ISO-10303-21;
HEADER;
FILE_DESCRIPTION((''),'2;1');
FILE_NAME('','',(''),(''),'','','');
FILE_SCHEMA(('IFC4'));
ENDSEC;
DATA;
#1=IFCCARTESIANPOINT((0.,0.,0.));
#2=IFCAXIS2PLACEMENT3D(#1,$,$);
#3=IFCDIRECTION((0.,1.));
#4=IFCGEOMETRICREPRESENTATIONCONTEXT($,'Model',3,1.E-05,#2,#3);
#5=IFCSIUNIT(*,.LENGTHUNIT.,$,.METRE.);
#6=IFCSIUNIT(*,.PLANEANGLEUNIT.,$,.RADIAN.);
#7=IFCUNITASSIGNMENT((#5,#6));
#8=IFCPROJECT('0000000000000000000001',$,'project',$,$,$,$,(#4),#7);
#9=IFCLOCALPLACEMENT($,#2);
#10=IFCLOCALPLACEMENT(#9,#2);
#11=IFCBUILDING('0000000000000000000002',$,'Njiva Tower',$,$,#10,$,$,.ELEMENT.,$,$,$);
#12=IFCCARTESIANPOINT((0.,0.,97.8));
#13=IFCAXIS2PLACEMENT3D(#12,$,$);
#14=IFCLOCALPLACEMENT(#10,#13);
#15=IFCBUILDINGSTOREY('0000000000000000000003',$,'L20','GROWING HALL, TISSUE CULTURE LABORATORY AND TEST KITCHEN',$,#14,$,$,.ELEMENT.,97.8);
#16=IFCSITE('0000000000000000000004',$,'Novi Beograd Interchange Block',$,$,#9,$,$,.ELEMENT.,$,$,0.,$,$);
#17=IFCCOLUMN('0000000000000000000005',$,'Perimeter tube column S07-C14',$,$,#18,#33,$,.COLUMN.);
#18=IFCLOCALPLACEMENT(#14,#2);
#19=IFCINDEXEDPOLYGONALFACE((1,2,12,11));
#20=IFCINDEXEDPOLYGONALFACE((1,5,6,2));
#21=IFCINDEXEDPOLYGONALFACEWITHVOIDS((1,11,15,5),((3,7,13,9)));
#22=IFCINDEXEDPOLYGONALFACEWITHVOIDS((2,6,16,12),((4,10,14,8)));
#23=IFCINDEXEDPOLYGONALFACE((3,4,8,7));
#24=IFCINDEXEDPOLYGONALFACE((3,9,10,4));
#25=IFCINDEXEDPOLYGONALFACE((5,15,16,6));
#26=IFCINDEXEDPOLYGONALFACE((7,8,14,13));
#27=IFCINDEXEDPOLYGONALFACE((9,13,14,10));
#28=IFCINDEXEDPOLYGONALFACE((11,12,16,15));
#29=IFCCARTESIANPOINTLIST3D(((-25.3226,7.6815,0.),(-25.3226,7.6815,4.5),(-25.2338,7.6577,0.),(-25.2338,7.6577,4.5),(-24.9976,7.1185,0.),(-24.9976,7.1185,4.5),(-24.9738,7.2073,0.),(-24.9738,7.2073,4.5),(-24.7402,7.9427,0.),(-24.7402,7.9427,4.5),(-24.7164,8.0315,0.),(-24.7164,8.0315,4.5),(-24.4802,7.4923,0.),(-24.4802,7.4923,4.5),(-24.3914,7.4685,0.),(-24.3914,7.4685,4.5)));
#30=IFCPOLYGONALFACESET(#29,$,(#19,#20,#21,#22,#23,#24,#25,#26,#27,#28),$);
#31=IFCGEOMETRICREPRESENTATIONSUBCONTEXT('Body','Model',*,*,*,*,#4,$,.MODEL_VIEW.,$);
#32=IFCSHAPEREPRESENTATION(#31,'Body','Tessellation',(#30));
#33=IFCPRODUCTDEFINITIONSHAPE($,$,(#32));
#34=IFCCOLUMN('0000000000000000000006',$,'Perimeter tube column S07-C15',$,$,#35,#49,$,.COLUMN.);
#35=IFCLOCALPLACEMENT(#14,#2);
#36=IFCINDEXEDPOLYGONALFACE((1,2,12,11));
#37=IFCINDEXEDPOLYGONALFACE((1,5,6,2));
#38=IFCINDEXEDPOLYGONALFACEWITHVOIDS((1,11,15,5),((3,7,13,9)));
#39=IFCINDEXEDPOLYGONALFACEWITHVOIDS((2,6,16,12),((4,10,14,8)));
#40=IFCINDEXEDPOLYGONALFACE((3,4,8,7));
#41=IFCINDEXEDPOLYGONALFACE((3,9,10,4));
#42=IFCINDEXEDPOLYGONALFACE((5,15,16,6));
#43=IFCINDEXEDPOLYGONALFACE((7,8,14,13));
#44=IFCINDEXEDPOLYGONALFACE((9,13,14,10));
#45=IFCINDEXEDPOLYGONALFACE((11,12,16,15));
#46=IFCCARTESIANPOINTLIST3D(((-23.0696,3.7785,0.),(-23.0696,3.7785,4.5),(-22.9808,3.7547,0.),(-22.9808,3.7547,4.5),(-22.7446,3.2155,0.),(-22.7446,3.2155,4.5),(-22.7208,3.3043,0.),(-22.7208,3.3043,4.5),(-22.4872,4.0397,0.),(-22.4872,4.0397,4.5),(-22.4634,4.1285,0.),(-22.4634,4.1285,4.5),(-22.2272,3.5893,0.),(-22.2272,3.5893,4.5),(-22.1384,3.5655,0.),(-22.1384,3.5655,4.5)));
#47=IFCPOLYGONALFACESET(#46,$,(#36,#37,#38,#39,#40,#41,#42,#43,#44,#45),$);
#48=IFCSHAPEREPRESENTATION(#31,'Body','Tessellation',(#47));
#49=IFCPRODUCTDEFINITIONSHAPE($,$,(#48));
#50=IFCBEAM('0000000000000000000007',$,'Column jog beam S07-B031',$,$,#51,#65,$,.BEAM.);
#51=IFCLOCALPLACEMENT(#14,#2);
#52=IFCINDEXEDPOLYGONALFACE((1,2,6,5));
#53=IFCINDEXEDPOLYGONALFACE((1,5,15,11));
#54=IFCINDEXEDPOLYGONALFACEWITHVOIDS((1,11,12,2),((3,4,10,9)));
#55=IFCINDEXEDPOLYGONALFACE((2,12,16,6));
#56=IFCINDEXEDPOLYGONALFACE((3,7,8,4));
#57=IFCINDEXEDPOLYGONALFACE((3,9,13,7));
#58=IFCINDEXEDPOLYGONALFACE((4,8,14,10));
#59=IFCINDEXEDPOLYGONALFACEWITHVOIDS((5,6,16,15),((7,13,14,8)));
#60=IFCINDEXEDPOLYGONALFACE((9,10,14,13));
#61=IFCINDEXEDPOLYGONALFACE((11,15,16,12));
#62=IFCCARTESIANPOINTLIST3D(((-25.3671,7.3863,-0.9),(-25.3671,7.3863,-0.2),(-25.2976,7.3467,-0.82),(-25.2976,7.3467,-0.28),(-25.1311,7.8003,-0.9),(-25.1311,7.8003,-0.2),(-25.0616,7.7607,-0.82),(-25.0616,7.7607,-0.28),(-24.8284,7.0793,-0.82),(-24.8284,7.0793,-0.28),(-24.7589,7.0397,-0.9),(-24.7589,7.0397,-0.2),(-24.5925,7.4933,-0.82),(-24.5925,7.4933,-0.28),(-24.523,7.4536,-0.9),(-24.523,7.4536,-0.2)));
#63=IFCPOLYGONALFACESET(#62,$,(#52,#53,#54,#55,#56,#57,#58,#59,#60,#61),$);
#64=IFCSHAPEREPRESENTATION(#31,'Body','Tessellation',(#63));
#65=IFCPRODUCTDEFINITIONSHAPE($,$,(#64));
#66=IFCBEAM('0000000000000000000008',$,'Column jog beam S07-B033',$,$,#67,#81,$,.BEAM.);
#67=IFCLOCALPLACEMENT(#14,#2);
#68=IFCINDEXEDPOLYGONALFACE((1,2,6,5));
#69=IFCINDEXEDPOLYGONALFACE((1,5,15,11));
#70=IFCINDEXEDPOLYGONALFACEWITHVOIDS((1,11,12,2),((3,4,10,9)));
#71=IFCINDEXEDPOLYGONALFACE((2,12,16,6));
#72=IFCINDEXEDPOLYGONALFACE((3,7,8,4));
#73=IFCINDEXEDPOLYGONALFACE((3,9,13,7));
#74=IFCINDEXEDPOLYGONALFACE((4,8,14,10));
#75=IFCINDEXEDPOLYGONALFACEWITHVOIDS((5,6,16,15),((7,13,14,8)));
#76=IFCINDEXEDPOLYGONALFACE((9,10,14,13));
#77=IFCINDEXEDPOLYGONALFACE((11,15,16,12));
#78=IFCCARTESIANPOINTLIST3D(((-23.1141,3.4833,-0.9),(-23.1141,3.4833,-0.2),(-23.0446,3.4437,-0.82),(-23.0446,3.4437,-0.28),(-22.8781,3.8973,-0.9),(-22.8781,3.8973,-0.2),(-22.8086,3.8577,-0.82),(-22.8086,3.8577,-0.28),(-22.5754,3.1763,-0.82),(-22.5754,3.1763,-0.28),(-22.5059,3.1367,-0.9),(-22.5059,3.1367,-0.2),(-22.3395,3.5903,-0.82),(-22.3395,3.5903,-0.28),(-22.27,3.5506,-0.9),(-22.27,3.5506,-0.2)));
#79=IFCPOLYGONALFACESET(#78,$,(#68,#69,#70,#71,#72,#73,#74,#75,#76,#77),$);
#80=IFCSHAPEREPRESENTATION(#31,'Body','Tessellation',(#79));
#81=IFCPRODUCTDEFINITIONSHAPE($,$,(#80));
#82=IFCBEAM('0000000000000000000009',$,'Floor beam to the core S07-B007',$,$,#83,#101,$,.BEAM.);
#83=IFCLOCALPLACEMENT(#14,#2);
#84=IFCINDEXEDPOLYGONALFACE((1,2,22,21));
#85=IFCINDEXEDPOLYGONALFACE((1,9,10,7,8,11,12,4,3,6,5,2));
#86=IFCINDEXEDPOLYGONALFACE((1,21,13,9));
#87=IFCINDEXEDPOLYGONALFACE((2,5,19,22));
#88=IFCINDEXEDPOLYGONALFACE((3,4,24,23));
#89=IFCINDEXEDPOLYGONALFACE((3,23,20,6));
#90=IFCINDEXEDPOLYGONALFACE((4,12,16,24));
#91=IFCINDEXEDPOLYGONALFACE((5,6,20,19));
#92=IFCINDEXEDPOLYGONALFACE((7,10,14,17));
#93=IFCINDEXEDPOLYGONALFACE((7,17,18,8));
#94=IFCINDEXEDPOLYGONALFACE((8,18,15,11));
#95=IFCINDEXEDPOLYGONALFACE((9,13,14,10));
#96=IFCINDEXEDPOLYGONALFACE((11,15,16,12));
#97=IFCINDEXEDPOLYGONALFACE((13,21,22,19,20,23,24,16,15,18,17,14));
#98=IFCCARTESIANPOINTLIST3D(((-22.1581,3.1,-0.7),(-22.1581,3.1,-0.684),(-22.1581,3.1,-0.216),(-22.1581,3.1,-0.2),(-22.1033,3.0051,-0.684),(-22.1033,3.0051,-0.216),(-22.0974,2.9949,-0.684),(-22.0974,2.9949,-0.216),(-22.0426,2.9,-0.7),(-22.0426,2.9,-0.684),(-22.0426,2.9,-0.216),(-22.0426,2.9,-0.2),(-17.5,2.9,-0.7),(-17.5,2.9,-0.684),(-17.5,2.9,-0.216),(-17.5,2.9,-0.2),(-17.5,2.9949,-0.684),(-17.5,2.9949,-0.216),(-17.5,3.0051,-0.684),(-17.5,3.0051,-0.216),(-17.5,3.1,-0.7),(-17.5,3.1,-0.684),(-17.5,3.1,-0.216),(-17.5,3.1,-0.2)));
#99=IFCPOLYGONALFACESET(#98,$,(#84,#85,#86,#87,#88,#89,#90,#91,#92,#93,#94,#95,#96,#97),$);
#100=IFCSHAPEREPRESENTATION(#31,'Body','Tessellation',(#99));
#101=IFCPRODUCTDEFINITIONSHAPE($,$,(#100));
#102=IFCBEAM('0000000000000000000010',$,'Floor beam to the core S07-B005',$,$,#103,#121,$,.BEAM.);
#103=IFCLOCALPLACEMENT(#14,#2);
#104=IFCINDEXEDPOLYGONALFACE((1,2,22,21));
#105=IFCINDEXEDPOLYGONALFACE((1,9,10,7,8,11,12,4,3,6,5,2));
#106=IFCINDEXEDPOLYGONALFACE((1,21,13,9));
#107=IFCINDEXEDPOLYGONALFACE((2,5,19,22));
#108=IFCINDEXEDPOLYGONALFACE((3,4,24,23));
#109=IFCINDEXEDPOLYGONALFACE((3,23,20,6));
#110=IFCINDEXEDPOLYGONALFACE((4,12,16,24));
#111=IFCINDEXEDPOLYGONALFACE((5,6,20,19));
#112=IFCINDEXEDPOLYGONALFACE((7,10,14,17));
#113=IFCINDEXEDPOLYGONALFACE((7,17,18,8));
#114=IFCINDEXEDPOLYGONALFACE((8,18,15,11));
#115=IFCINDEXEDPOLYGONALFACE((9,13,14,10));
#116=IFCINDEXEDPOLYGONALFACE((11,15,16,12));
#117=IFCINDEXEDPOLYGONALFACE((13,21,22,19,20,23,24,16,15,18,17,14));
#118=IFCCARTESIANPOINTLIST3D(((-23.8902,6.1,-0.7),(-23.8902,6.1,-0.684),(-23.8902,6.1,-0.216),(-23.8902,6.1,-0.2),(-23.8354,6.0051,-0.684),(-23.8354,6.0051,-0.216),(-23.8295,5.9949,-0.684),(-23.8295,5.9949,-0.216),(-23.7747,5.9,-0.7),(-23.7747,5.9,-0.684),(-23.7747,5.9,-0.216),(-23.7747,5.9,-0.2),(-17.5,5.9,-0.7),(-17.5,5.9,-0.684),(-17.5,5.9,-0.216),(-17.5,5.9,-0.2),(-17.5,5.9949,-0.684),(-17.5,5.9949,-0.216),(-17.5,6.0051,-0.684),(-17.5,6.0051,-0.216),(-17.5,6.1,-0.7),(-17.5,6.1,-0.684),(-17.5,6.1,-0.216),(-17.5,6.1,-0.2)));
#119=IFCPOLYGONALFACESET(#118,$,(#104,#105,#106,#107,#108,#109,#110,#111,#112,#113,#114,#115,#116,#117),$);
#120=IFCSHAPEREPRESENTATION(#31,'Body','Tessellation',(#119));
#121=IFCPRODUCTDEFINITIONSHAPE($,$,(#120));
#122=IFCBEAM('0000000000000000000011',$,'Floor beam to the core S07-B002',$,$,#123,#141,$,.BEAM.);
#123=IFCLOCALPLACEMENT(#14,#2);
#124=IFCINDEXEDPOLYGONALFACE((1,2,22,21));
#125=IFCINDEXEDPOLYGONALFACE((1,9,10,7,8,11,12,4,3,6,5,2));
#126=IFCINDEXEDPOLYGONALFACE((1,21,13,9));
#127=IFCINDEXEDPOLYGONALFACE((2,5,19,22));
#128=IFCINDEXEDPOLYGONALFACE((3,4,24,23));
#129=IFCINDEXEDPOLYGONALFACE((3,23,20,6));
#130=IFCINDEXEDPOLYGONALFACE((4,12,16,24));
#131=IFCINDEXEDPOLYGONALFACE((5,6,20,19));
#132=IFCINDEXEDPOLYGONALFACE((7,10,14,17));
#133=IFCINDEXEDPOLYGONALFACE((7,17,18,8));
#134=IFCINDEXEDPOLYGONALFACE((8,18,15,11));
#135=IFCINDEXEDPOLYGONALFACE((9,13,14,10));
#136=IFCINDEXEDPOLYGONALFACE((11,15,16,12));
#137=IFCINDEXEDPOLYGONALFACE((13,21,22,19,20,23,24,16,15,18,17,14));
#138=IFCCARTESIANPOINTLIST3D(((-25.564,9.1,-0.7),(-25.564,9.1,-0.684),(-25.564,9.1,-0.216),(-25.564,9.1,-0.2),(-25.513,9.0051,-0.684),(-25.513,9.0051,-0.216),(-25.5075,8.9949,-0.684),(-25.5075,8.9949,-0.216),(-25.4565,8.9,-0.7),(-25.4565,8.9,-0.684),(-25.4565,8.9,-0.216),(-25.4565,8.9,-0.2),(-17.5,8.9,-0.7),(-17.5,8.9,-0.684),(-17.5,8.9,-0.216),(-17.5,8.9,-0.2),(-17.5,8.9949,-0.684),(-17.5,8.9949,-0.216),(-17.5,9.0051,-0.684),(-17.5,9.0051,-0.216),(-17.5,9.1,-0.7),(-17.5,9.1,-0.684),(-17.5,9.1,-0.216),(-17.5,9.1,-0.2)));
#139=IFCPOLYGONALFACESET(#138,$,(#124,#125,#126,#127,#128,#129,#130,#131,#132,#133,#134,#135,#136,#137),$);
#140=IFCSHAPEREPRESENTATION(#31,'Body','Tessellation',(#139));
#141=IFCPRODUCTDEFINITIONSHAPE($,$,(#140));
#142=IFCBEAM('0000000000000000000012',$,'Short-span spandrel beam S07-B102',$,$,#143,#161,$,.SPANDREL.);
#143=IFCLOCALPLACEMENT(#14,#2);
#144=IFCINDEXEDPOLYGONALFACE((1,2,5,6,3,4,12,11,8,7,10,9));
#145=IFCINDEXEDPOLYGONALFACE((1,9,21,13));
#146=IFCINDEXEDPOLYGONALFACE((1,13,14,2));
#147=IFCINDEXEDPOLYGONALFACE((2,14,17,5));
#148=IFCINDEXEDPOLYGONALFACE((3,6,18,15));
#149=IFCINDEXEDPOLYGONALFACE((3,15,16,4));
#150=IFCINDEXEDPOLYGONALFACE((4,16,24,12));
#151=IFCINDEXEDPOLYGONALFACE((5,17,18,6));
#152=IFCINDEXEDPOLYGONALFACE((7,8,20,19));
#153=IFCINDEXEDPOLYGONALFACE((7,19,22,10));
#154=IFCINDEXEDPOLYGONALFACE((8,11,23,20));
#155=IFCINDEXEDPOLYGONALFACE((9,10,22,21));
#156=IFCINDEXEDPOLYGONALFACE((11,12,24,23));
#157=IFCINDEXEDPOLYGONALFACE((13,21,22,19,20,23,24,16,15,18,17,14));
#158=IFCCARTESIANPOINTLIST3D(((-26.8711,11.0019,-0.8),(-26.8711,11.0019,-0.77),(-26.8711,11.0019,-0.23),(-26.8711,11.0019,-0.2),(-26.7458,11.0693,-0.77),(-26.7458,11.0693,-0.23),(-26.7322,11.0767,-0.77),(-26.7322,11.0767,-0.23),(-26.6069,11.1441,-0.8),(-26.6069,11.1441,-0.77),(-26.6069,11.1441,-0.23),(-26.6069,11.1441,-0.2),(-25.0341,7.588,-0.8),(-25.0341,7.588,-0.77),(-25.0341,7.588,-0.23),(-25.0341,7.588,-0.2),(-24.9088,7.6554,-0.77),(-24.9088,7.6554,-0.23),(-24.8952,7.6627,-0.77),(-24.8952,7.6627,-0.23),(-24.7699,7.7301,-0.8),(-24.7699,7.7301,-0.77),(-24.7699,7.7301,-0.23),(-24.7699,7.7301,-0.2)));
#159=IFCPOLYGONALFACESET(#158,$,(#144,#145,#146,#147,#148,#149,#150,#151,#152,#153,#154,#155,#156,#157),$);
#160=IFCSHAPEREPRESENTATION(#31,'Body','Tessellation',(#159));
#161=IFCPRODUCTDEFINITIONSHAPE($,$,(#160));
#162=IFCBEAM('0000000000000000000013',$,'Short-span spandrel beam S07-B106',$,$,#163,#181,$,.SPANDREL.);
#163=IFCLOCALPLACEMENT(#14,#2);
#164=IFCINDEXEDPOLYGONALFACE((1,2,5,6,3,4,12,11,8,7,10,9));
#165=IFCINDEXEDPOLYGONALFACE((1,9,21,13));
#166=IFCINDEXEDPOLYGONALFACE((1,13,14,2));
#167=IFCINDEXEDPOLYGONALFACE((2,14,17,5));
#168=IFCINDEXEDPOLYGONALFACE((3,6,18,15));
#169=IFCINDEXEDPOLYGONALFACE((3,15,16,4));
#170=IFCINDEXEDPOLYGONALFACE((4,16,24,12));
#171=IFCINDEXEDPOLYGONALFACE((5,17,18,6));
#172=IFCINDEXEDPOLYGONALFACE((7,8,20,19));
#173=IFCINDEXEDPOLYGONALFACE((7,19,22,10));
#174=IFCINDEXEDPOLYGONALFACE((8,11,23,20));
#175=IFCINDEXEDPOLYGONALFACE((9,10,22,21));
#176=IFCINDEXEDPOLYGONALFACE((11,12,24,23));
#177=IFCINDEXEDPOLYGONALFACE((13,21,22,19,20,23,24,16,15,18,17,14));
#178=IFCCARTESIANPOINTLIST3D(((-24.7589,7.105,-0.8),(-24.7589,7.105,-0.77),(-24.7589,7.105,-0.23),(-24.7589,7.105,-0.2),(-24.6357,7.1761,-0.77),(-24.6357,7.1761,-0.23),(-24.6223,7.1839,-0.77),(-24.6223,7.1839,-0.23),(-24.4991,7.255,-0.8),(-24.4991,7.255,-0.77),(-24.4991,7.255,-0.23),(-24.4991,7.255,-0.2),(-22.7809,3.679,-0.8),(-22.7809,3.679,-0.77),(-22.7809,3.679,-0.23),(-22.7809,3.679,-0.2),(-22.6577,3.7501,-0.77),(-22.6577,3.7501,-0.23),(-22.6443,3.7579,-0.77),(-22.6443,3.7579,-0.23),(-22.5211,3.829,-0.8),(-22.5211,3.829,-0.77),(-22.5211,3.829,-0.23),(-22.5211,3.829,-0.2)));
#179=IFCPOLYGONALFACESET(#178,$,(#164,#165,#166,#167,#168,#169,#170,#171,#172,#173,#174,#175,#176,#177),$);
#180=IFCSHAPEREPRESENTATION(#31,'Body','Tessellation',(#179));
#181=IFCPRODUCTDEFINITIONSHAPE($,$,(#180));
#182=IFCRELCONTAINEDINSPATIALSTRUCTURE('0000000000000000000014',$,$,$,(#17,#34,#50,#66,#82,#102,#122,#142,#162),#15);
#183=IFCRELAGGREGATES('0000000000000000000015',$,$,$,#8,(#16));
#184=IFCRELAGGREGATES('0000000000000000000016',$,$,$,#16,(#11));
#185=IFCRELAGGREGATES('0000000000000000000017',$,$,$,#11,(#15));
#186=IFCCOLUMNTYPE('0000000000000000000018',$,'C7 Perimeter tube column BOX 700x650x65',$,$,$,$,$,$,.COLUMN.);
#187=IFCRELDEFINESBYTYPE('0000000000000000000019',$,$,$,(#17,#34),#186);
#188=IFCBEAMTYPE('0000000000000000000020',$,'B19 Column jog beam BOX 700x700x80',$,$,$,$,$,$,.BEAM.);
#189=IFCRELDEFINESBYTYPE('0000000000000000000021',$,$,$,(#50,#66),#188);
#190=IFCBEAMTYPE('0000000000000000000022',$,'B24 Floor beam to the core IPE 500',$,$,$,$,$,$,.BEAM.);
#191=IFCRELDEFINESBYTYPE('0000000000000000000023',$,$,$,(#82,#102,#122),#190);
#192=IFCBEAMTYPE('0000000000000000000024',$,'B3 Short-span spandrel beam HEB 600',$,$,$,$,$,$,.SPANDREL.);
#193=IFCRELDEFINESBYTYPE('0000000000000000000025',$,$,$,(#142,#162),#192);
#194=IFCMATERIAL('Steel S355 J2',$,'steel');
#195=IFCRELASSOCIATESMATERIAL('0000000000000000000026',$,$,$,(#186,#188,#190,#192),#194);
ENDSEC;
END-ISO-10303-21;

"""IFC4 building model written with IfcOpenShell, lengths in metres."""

from ifc_helpers import new_model, si_unit, direction, frame, origin, origin_2d, place, context, subcontext, project, spatial, hollow_rectangle, i_section, extrude, clip, halfspace, material, material_profile, profile_set, type_object, element, save


model = new_model("IFC4")

# Units and contexts
model_context = context("Model", 3, precision=1e-05, world=origin(), true_north=direction((0.0, 1.0)))
body_context = subcontext(model_context, "Body", "Model", "MODEL_VIEW")
ifc_project = project(units=[si_unit("LENGTHUNIT", "METRE"), si_unit("PLANEANGLEUNIT", "RADIAN")], contexts=[model_context])

# Site, building, storey
site_placement = place(None, origin())
site = spatial("IfcSite", under=ifc_project, at=site_placement, Name="Novi Beograd Interchange Block", CompositionType="ELEMENT", RefElevation=0.0)
building_placement = place(site_placement, origin())
building = spatial("IfcBuilding", under=site, at=building_placement, Name="Njiva Tower", CompositionType="ELEMENT")
storey_placement = place(building_placement, frame((0.0, 0.0, 97.8)))
storey = spatial("IfcBuildingStorey", under=building, at=storey_placement, Name="L20", Description="GROWING HALL, TISSUE CULTURE LABORATORY AND TEST KITCHEN", CompositionType="ELEMENT", Elevation=97.8)

# Columns
ifc_material_1 = material(Name="Steel S355 J2", Category="steel")
ifc_material_profile_1 = material_profile(ifc_material_1, hollow_rectangle(XDim=0.65, YDim=0.7, WallThickness=0.065, at=origin_2d()), Name="BOX 700x650x65")
ifc_profile_set_1 = profile_set([ifc_material_profile_1], Name="Steel S355 J2")
column_type = type_object("IfcColumnType", Name="C7 Perimeter tube column BOX 700x650x65", PredefinedType="COLUMN", material=ifc_profile_set_1)
for number, where, z_axis, x_axis, name in (
    (1, (-24.857, 7.575, 0.0), (0.0, 0.0, 1.0), (0.5, -0.866025, 0.0), "Perimeter tube column S07-C14"),
    (2, (-22.604, 3.672, 0.0), (0.0, 0.0, 1.0), (0.5, -0.866025, 0.0), "Perimeter tube column S07-C15"),
):
    element("IfcColumn", number, at=place(storey_placement, frame(where, z_axis=z_axis, x_axis=x_axis)), inside=storey, type_object=column_type, Name=name, PredefinedType="COLUMN", context=body_context, shape_type="SweptSolid", body=[
        extrude(hollow_rectangle(XDim=0.65, YDim=0.7, WallThickness=0.065, at=origin_2d()), origin(), (0.0, 0.0, 1.0), 4.5),
    ])

# Beams
ifc_material_profile_2 = material_profile(ifc_material_1, hollow_rectangle(XDim=0.7, YDim=0.7, WallThickness=0.08, at=origin_2d()), Name="BOX 700x700x80")
ifc_profile_set_2 = profile_set([ifc_material_profile_2], Name="Steel S355 J2")
beam_type_1 = type_object("IfcBeamType", Name="B19 Column jog beam BOX 700x700x80", PredefinedType="BEAM", material=ifc_profile_set_2)
for number, where, z_axis, x_axis, name in (
    (3, (-25.063, 7.213, -0.55), (0.495235, 0.868759, 0.0), (-0.868759, 0.495235, 0.0), "Column jog beam S07-B031"),
    (4, (-22.81, 3.31, -0.55), (0.495235, 0.868759, 0.0), (-0.868759, 0.495235, 0.0), "Column jog beam S07-B033"),
):
    element("IfcBeam", number, at=place(storey_placement, frame(where, z_axis=z_axis, x_axis=x_axis)), inside=storey, type_object=beam_type_1, Name=name, PredefinedType="BEAM", context=body_context, shape_type="SweptSolid", body=[
        extrude(hollow_rectangle(XDim=0.7, YDim=0.7, WallThickness=0.08, at=origin_2d()), origin(), (0.0, 0.0, 1.0), 0.4765),
    ])
ifc_material_profile_3 = material_profile(ifc_material_1, i_section(OverallWidth=0.2, OverallDepth=0.5, WebThickness=0.0102, FlangeThickness=0.016, at=origin_2d()), Name="IPE 500")
ifc_profile_set_3 = profile_set([ifc_material_profile_3], Name="Steel S355 J2")
beam_type_2 = type_object("IfcBeamType", Name="B24 Floor beam to the core IPE 500", PredefinedType="BEAM", material=ifc_profile_set_3)
beam_1_placement = place(storey_placement, frame((-22.178, 3.0, -0.45), z_axis=(1.0, 0.0, 0.0), x_axis=(0.0, 1.0, 0.0)))
element("IfcBeam", 5, at=beam_1_placement, inside=storey, type_object=beam_type_2, Name="Floor beam to the core S07-B007", PredefinedType="BEAM", context=body_context, shape_type="Clipping", body=[
    clip(extrude(i_section(OverallWidth=0.2, OverallDepth=0.5, WebThickness=0.0102, FlangeThickness=0.016, at=origin_2d()), origin(), (0.0, 0.0, 1.0), 4.678), halfspace(frame((-0.025, 0.0, 0.0921), z_axis=(-0.499998, 0.0, -0.866027), x_axis=(0.0, -1.0, 0.0)), False)),
])
beam_2_placement = place(storey_placement, frame((-23.91, 6.0, -0.45), z_axis=(1.0, 0.0, 0.0), x_axis=(0.0, 1.0, 0.0)))
element("IfcBeam", 6, at=beam_2_placement, inside=storey, type_object=beam_type_2, Name="Floor beam to the core S07-B005", PredefinedType="BEAM", context=body_context, shape_type="Clipping", body=[
    clip(extrude(i_section(OverallWidth=0.2, OverallDepth=0.5, WebThickness=0.0102, FlangeThickness=0.016, at=origin_2d()), origin(), (0.0, 0.0, 1.0), 6.41), halfspace(frame((-0.025, 0.0, 0.092), z_axis=(-0.499998, 0.0, -0.866027), x_axis=(0.0, -1.0, 0.0)), False)),
])
beam_3_placement = place(storey_placement, frame((-25.584, 9.0, -0.45), z_axis=(1.0, 0.0, 0.0), x_axis=(0.0, 1.0, 0.0)))
element("IfcBeam", 7, at=beam_3_placement, inside=storey, type_object=beam_type_2, Name="Floor beam to the core S07-B002", PredefinedType="BEAM", context=body_context, shape_type="Clipping", body=[
    clip(extrude(i_section(OverallWidth=0.2, OverallDepth=0.5, WebThickness=0.0102, FlangeThickness=0.016, at=origin_2d()), origin(), (0.0, 0.0, 1.0), 8.084), halfspace(frame((-0.0237, 0.0, 0.0865), z_axis=(-0.473769, 0.0, -0.880649), x_axis=(0.0, -1.0, 0.0)), False)),
])
ifc_material_profile_4 = material_profile(ifc_material_1, i_section(OverallWidth=0.3, OverallDepth=0.6, WebThickness=0.0155, FlangeThickness=0.03, at=origin_2d()), Name="HEB 600")
ifc_profile_set_4 = profile_set([ifc_material_profile_4], Name="Steel S355 J2")
beam_type_3 = type_object("IfcBeamType", Name="B3 Short-span spandrel beam HEB 600", PredefinedType="SPANDREL", material=ifc_profile_set_4)
beam_4_placement = place(storey_placement, frame((-26.739, 11.073, -0.5), z_axis=(0.473838, -0.880612, 0.0), x_axis=(0.880612, 0.473838, 0.0)))
element("IfcBeam", 8, at=beam_4_placement, inside=storey, type_object=beam_type_3, Name="Short-span spandrel beam S07-B102", PredefinedType="SPANDREL", context=body_context, shape_type="SweptSolid", body=[
    extrude(i_section(OverallWidth=0.3, OverallDepth=0.6, WebThickness=0.0155, FlangeThickness=0.03, at=origin_2d()), origin(), (0.0, 0.0, 1.0), 3.8768),
])
beam_5_placement = place(storey_placement, frame((-24.629, 7.18, -0.5), z_axis=(0.5, -0.866026, 0.0), x_axis=(0.866026, 0.5, 0.0)))
element("IfcBeam", 9, at=beam_5_placement, inside=storey, type_object=beam_type_3, Name="Short-span spandrel beam S07-B106", PredefinedType="SPANDREL", context=body_context, shape_type="SweptSolid", body=[
    extrude(i_section(OverallWidth=0.3, OverallDepth=0.6, WebThickness=0.0155, FlangeThickness=0.03, at=origin_2d()), origin(), (0.0, 0.0, 1.0), 3.956),
])

save(model, "model.ifc")
